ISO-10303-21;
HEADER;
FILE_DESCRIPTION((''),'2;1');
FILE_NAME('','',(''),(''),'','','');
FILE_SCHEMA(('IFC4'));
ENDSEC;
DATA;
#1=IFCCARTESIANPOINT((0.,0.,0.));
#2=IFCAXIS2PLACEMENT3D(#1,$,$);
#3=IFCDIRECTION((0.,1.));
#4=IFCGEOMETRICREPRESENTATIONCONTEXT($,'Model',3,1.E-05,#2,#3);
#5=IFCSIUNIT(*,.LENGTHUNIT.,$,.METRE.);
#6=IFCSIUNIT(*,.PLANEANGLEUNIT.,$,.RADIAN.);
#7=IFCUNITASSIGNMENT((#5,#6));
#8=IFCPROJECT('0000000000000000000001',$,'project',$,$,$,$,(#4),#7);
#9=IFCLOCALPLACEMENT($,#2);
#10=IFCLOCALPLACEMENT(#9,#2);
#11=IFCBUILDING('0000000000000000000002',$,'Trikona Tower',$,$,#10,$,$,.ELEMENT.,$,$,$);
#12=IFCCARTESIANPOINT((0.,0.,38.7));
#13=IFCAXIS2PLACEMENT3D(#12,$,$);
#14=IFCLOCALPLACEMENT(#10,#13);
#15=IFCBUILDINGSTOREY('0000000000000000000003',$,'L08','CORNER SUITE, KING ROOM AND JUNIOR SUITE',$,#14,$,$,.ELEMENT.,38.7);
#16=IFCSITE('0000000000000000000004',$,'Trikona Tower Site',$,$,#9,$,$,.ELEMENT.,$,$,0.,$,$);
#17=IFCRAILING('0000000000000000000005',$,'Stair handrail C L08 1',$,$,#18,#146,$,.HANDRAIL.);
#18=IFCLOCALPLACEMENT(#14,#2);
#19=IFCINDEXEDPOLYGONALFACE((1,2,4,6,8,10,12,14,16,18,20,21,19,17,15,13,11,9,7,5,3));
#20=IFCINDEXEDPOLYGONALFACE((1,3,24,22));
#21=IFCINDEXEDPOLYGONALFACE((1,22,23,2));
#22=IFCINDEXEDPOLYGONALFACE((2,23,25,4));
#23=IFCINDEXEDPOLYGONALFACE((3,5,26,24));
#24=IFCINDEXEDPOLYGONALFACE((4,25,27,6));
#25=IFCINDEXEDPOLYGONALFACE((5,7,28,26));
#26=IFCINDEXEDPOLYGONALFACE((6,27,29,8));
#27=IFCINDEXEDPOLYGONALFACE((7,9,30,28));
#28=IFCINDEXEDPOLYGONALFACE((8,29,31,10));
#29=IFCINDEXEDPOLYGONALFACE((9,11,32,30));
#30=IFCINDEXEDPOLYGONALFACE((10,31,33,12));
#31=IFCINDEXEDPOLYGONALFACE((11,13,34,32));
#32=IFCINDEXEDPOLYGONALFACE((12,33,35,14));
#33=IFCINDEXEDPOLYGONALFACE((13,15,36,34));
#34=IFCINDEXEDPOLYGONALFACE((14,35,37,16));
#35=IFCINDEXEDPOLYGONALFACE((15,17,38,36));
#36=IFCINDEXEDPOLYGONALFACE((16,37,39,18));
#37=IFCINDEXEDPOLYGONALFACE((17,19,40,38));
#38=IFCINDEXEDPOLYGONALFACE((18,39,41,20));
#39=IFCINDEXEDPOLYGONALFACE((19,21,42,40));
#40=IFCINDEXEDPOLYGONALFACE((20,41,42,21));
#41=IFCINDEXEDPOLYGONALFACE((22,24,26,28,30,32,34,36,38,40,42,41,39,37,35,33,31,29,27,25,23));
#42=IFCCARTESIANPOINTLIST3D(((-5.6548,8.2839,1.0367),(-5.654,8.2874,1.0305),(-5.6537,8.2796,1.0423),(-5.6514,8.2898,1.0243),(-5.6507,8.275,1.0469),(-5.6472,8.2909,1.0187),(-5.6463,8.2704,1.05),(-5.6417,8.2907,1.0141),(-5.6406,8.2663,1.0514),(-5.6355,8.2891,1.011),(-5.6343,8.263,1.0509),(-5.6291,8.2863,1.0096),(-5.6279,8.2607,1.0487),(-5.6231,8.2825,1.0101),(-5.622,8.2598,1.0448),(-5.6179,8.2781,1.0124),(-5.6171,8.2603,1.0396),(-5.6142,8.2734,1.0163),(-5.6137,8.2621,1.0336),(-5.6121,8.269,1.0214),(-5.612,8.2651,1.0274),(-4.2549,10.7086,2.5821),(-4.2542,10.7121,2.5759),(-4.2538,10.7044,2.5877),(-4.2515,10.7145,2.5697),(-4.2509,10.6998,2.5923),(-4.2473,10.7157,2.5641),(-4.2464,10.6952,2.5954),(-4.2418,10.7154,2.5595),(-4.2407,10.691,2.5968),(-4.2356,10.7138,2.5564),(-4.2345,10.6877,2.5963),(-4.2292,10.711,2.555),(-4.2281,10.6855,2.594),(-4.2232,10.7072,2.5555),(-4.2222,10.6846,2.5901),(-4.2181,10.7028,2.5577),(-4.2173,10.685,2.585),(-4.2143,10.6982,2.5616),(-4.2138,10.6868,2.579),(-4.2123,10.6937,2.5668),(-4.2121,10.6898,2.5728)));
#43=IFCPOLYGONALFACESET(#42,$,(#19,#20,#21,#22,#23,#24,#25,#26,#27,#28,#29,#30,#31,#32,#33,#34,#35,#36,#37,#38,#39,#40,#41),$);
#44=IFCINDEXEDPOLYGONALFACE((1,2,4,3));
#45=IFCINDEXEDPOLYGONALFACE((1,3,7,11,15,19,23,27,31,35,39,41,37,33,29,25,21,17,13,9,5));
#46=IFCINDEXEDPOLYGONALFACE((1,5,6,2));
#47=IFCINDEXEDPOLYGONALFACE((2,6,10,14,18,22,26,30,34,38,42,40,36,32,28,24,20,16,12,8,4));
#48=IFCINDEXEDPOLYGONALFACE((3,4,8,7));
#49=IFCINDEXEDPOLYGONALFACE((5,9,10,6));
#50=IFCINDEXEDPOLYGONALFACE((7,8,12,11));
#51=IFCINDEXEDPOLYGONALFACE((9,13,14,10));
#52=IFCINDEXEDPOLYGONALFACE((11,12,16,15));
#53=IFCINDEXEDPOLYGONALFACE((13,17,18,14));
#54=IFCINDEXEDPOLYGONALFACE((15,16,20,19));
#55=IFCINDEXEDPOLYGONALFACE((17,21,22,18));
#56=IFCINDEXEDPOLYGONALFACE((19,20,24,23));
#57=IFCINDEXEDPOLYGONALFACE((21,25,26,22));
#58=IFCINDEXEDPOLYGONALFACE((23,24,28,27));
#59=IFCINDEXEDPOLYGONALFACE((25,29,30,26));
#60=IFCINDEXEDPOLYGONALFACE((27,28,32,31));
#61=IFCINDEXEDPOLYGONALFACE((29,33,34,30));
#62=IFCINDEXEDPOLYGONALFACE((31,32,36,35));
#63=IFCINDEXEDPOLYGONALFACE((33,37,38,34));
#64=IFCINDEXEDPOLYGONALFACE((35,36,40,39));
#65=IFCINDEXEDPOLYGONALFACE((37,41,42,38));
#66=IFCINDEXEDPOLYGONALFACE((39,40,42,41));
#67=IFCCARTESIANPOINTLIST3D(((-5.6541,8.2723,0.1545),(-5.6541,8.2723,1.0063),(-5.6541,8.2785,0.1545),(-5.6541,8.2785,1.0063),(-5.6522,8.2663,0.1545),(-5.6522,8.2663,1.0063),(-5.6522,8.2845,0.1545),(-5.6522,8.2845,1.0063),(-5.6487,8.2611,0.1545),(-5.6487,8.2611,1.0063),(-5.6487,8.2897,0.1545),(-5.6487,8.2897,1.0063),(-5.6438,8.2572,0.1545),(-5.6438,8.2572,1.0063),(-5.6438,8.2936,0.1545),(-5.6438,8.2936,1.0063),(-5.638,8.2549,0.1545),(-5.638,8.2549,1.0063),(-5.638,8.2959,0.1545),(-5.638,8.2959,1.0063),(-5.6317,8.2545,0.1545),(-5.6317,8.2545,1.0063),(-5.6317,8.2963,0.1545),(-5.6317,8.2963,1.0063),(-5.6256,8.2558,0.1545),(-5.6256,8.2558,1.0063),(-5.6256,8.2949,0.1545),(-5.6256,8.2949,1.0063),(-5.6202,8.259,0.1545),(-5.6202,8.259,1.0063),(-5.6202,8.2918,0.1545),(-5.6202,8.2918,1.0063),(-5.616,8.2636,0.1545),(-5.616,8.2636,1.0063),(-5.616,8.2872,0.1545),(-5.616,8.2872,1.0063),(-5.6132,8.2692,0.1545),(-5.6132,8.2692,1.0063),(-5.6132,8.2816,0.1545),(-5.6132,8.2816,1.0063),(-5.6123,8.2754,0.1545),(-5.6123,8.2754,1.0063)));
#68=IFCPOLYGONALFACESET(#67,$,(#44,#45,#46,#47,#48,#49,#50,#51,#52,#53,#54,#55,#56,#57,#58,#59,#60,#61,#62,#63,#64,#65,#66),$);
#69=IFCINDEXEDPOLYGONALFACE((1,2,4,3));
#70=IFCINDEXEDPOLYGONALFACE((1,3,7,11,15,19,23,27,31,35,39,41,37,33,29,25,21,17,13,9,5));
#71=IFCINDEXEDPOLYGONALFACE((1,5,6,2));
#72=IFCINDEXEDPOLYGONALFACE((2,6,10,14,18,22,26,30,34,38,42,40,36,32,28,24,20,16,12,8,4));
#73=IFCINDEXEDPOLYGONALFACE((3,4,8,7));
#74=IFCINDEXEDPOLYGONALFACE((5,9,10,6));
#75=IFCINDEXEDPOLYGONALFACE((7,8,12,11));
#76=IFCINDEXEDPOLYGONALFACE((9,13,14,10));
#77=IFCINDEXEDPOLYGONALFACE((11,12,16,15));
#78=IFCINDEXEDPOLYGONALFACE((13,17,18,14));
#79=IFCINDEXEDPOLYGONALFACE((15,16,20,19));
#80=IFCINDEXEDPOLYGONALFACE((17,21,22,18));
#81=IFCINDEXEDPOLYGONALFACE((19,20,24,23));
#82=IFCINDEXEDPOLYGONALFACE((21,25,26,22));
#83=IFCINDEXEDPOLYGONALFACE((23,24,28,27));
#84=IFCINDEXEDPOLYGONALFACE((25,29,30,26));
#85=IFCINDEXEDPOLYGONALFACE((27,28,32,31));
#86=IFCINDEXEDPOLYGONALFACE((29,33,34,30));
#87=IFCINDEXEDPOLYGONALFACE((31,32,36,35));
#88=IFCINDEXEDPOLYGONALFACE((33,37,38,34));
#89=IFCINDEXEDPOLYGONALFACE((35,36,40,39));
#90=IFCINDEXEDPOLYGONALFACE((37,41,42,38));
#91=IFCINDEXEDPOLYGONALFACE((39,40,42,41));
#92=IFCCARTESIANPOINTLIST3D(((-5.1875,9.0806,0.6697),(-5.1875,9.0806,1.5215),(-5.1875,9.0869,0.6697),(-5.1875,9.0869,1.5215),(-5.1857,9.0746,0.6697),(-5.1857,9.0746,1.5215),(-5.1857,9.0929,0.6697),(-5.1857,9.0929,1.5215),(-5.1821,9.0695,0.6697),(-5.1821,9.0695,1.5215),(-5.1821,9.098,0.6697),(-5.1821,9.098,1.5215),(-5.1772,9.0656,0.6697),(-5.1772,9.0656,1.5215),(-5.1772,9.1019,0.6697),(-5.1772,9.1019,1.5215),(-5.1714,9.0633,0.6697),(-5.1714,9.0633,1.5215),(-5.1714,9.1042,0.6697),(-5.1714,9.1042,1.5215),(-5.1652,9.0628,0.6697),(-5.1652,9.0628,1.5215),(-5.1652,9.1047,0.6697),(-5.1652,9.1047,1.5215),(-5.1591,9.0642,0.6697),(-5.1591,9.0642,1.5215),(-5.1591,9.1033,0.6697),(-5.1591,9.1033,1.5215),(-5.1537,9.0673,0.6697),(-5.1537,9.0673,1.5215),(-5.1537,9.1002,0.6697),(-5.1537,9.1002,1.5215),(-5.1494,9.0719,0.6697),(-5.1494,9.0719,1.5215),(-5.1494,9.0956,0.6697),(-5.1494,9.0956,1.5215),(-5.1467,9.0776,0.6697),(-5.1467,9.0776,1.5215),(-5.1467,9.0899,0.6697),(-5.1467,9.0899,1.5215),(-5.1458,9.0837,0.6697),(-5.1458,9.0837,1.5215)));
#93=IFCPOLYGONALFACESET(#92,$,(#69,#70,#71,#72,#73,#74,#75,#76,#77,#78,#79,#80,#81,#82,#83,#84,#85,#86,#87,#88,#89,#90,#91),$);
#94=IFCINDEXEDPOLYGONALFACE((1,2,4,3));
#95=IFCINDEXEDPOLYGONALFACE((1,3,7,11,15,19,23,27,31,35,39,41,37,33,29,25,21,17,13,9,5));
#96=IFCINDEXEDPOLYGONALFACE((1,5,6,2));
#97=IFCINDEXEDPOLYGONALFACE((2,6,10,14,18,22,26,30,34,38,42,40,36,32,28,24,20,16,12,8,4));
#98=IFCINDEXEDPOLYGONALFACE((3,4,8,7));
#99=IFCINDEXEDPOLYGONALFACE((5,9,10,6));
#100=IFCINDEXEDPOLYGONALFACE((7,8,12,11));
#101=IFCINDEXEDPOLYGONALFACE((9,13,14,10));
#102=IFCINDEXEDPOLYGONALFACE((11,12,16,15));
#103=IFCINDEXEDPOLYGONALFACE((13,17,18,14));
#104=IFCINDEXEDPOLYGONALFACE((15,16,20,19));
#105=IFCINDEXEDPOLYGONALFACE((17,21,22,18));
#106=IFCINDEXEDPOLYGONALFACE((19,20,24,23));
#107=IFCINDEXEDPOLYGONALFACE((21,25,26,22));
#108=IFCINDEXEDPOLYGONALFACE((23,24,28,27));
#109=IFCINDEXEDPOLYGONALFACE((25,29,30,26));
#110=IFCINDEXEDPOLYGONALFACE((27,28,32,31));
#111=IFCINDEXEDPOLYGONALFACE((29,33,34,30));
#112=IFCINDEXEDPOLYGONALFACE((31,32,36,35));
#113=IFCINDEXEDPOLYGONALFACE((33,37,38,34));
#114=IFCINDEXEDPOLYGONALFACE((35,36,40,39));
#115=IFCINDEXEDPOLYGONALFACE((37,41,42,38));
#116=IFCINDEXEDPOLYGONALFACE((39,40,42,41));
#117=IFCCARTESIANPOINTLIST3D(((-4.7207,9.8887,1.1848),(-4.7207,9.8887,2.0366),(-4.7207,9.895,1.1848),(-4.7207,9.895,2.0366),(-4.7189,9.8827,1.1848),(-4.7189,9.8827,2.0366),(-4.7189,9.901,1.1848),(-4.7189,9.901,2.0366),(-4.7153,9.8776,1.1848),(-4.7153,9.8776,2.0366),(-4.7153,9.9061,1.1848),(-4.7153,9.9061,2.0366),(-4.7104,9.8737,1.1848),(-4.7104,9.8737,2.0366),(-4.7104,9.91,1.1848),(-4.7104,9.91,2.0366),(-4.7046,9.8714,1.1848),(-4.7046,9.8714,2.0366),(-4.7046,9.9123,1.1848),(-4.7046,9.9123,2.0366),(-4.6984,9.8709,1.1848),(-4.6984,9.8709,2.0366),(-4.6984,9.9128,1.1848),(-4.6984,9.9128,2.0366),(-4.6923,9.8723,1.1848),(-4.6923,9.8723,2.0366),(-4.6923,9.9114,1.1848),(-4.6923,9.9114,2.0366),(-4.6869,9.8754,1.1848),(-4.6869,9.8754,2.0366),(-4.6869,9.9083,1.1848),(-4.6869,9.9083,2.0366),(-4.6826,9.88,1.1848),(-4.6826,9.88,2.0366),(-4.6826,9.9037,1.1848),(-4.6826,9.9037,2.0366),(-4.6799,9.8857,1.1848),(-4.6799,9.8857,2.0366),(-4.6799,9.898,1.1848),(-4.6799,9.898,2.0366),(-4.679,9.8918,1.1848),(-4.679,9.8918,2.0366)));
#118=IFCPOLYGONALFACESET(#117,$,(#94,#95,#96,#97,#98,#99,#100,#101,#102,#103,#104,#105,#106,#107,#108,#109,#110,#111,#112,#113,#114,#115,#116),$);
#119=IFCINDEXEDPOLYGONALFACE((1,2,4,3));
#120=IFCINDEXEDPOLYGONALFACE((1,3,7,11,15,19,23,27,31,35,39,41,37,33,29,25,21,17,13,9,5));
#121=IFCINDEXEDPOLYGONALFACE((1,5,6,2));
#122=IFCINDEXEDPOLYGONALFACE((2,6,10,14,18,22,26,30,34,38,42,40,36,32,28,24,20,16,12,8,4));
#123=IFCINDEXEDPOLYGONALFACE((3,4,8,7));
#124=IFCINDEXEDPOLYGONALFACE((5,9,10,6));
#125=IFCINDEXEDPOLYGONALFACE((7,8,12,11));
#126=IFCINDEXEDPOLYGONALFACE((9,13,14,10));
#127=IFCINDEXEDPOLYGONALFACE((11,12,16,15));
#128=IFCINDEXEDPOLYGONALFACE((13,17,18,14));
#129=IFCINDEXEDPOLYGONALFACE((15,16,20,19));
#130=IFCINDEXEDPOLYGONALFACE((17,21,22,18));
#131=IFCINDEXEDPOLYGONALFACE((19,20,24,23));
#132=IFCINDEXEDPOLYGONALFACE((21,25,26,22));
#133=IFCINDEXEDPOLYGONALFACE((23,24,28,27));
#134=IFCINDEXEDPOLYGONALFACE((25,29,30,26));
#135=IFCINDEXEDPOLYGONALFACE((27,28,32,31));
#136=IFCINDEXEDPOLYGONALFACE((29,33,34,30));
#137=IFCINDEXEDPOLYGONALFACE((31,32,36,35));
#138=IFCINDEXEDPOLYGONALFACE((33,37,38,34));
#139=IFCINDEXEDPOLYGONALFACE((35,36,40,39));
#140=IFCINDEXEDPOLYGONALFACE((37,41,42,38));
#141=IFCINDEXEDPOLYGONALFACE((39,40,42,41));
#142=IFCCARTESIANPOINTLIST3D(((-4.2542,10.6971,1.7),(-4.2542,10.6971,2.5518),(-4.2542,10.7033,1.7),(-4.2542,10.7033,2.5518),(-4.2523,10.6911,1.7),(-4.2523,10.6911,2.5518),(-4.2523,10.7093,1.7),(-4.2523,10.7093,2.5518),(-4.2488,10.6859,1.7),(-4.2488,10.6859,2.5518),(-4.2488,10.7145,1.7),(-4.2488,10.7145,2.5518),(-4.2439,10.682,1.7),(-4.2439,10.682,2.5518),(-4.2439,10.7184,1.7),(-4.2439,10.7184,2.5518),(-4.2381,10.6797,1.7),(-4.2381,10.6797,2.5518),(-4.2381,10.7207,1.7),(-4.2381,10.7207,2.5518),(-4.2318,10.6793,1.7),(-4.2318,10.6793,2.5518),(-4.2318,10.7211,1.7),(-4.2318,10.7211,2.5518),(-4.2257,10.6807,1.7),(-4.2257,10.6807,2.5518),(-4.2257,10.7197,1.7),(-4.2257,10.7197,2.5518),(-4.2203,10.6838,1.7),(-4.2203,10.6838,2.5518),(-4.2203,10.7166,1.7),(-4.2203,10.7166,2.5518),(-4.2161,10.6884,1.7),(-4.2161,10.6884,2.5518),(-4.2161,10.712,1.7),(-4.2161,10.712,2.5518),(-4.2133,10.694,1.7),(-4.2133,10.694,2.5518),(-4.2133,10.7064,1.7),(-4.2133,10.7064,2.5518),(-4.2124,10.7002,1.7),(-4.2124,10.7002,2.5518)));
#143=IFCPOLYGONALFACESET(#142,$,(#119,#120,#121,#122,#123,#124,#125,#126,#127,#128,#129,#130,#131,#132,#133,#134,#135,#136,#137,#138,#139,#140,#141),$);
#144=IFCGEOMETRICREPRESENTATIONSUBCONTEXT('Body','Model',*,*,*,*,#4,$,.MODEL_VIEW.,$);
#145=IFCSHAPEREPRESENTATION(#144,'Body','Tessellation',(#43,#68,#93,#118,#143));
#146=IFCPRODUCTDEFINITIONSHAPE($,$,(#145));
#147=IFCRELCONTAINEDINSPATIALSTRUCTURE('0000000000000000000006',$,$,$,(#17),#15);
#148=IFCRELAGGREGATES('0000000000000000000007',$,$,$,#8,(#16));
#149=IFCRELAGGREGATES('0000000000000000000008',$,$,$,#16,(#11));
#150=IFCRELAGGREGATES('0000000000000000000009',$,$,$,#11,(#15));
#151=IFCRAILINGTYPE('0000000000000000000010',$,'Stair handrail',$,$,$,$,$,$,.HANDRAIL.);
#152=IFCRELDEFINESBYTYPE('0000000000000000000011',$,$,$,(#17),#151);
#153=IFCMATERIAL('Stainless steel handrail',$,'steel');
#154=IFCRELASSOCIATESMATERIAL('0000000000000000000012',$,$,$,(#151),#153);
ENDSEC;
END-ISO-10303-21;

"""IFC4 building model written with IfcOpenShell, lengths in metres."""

from ifc_helpers import new_model, si_unit, direction, frame, origin, origin_2d, place, context, subcontext, project, spatial, circle, extrude, material, type_object, element, save


model = new_model("IFC4")

# Units and contexts
model_context = context("Model", 3, precision=1e-05, world=origin(), true_north=direction((0.0, 1.0)))
body_context = subcontext(model_context, "Body", "Model", "MODEL_VIEW")
ifc_project = project(units=[si_unit("LENGTHUNIT", "METRE"), si_unit("PLANEANGLEUNIT", "RADIAN")], contexts=[model_context])

# Site, building, storey
site_placement = place(None, origin())
site = spatial("IfcSite", under=ifc_project, at=site_placement, Name="Trikona Tower Site", CompositionType="ELEMENT", RefElevation=0.0)
building_placement = place(site_placement, origin())
building = spatial("IfcBuilding", under=site, at=building_placement, Name="Trikona Tower", CompositionType="ELEMENT")
storey_placement = place(building_placement, frame((0.0, 0.0, 38.7)))
storey = spatial("IfcBuildingStorey", under=building, at=storey_placement, Name="L08", Description="CORNER SUITE, KING ROOM AND JUNIOR SUITE", CompositionType="ELEMENT", Elevation=38.7)

# Railing
ifc_material_1 = material(Name="Stainless steel handrail", Category="steel")
railing_type = type_object("IfcRailingType", Name="Stair handrail", PredefinedType="HANDRAIL", material=ifc_material_1)
railing_1_placement = place(storey_placement, frame((-5.6333, 8.2754, 0.1545)))
element("IfcRailing", 1, at=railing_1_placement, inside=storey, type_object=railing_type, Name="Stair handrail C L08 1", PredefinedType="HANDRAIL", context=body_context, shape_type="SweptSolid", body=[
    extrude(circle(Radius=0.0239, at=origin_2d()), frame((0.0, 0.0, 0.876), z_axis=(0.437733, 0.758207, 0.483231), x_axis=(-0.866035, 0.499984, 0.0)), (0.0, 0.0, 1.0), 3.198),
    extrude(circle(Radius=0.021, at=origin_2d()), origin(), (0.0, 0.0, 1.0), 0.8518),
    extrude(circle(Radius=0.021, at=origin_2d()), frame((0.4666, 0.8083, 0.5151)), (0.0, 0.0, 1.0), 0.8518),
    extrude(circle(Radius=0.021, at=origin_2d()), frame((0.9333, 1.6165, 1.0303)), (0.0, 0.0, 1.0), 0.8518),
    extrude(circle(Radius=0.021, at=origin_2d()), frame((1.3999, 2.4248, 1.5454)), (0.0, 0.0, 1.0), 0.8518),
])

save(model, "model.ifc")
